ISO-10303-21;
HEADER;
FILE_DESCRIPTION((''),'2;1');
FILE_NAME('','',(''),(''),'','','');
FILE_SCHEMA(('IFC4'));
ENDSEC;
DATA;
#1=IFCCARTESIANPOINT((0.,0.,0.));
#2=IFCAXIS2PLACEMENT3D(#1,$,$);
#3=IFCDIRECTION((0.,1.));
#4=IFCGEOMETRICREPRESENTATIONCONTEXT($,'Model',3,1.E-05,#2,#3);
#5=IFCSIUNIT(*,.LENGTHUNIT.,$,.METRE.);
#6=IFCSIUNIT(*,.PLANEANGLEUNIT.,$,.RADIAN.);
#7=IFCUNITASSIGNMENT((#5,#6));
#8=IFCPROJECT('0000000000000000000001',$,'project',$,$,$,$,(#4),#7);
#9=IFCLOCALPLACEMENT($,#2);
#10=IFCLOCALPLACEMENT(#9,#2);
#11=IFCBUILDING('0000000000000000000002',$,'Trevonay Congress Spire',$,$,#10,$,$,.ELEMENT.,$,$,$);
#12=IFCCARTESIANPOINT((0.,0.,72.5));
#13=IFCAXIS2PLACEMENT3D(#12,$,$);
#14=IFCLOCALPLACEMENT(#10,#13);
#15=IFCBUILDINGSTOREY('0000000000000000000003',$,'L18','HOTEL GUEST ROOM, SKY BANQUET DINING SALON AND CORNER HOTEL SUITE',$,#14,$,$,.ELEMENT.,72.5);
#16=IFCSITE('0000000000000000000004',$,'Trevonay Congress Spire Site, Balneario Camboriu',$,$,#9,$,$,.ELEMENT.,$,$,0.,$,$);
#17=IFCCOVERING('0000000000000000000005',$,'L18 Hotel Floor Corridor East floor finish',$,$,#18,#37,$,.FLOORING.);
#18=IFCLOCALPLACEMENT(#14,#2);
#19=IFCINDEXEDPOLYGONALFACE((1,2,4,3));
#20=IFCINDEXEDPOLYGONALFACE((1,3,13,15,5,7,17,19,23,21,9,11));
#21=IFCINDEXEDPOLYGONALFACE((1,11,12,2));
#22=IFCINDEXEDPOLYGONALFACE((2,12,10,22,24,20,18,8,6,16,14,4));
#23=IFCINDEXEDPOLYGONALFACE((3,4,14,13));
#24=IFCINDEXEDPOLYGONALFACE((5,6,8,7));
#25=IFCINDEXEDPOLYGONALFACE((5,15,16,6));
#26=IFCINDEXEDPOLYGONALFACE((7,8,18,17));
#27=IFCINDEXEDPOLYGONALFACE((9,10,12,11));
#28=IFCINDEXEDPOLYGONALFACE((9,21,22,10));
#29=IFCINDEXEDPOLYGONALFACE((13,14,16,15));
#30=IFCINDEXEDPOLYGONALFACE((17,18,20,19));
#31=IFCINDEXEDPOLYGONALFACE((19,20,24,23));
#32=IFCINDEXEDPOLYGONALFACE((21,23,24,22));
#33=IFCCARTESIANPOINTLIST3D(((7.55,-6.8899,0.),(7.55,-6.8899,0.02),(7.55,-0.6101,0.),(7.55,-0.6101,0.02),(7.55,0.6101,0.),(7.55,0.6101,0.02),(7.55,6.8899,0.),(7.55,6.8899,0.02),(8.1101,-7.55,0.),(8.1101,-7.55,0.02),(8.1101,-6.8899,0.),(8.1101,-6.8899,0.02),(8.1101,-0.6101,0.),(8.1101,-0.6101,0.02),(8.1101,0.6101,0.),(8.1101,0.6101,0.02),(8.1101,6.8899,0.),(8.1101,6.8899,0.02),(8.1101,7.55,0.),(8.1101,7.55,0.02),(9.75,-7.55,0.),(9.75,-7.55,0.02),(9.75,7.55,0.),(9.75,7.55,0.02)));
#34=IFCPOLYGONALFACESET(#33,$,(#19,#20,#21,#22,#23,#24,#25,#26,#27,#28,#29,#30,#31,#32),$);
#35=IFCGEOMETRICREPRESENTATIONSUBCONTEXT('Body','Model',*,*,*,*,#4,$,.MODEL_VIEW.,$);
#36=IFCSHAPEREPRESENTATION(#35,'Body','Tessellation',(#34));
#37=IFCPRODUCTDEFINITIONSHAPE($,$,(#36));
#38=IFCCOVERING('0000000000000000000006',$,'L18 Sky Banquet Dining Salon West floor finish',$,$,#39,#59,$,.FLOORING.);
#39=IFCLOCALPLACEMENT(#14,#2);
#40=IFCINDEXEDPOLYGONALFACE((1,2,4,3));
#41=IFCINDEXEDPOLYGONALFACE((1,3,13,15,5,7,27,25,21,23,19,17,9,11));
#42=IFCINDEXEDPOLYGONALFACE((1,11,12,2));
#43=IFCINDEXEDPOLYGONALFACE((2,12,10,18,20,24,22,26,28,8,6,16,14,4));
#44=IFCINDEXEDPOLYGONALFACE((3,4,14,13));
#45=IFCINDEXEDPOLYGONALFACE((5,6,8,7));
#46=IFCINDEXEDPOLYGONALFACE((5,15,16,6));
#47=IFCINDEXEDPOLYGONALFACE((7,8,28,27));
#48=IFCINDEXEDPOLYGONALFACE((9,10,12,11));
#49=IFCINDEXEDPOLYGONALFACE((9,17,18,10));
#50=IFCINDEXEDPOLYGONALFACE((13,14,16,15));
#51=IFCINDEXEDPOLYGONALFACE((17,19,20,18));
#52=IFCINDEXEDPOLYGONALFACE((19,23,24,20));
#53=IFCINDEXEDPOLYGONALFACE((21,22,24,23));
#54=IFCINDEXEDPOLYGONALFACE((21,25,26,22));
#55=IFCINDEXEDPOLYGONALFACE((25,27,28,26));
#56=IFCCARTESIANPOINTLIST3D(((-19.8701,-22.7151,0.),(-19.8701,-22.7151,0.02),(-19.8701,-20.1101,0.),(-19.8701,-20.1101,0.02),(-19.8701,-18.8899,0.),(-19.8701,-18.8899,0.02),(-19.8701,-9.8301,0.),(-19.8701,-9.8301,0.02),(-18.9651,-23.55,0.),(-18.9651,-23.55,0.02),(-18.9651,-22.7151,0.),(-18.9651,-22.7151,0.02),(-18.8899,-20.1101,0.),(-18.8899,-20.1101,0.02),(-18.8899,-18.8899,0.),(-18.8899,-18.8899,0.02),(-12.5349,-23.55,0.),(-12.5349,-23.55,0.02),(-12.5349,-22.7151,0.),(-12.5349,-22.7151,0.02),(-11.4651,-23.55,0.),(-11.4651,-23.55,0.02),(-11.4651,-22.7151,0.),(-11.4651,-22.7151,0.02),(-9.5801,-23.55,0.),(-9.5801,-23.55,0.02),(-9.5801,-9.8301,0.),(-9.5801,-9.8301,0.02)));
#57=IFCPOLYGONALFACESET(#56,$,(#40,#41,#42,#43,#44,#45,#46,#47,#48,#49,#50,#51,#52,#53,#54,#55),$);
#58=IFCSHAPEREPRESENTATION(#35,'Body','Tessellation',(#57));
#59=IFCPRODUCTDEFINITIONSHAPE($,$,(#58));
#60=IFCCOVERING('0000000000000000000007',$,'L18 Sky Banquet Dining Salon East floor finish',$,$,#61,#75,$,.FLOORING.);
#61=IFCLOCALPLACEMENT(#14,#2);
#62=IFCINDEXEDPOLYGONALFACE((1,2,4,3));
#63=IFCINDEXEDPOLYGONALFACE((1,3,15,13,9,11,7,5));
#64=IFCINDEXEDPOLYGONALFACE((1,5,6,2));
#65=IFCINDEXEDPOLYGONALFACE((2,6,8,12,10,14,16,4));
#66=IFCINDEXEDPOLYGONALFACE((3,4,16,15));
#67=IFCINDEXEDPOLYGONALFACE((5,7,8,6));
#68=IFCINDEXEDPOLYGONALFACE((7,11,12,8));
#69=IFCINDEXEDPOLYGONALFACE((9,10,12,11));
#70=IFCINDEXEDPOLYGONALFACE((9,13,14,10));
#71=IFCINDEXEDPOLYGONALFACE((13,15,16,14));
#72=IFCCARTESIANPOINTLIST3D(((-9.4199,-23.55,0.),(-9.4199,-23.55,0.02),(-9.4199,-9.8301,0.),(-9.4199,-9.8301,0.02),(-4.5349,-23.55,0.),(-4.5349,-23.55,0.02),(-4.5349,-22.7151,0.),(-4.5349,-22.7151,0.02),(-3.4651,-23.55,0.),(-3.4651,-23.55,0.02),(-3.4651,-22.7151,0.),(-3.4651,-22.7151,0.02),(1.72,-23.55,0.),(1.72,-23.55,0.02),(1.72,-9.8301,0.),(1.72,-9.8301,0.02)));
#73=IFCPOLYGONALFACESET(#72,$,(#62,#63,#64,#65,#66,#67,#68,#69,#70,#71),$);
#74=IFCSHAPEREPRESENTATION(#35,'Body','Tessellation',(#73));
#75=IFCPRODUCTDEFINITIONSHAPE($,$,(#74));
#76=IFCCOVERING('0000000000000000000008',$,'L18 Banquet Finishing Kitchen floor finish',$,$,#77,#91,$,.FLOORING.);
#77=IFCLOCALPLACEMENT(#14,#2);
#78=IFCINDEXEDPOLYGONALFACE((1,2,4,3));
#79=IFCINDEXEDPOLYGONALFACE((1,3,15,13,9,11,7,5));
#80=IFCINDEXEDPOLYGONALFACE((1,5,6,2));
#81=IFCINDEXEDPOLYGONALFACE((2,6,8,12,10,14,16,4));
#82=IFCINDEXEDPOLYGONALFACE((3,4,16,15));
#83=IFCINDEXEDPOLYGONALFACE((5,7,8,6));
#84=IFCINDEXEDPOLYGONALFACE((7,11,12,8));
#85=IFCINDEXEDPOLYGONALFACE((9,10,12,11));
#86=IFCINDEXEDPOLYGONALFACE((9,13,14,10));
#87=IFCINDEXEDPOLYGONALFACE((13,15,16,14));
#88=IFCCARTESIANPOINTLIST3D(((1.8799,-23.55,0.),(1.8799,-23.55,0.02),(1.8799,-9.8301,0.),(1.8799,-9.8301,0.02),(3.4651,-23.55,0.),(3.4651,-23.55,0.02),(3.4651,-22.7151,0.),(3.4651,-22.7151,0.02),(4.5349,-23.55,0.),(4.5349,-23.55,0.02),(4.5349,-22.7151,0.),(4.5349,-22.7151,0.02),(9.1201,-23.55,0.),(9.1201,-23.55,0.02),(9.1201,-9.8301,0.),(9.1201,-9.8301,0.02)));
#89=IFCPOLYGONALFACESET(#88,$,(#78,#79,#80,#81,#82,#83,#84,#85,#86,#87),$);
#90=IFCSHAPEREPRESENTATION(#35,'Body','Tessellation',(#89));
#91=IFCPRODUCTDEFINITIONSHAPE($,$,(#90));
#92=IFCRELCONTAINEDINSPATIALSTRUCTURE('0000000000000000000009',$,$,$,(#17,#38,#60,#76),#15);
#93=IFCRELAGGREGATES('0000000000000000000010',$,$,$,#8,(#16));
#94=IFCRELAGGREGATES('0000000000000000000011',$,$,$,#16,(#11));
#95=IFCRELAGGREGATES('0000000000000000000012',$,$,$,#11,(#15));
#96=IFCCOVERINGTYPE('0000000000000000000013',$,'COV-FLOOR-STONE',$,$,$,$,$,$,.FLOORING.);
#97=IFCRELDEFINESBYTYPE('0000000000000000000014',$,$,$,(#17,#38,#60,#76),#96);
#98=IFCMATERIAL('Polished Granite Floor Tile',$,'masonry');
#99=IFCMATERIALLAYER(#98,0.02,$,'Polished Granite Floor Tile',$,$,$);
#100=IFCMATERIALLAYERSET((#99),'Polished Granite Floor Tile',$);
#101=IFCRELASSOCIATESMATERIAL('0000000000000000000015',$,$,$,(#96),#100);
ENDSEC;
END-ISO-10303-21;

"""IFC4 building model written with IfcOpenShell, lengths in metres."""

from ifc_helpers import new_model, si_unit, direction, frame, origin, place, context, subcontext, project, spatial, polyline, outline, extrude, material, layer, layer_set, type_object, element, save


model = new_model("IFC4")

# Units and contexts
model_context = context("Model", 3, precision=1e-05, world=origin(), true_north=direction((0.0, 1.0)))
body_context = subcontext(model_context, "Body", "Model", "MODEL_VIEW")
ifc_project = project(units=[si_unit("LENGTHUNIT", "METRE"), si_unit("PLANEANGLEUNIT", "RADIAN")], contexts=[model_context])

# Site, building, storey
site_placement = place(None, origin())
site = spatial("IfcSite", under=ifc_project, at=site_placement, Name="Trevonay Congress Spire Site, Balneario Camboriu", CompositionType="ELEMENT", RefElevation=0.0)
building_placement = place(site_placement, origin())
building = spatial("IfcBuilding", under=site, at=building_placement, Name="Trevonay Congress Spire", CompositionType="ELEMENT")
storey_placement = place(building_placement, frame((0.0, 0.0, 72.5)))
storey = spatial("IfcBuildingStorey", under=building, at=storey_placement, Name="L18", Description="HOTEL GUEST ROOM, SKY BANQUET DINING SALON AND CORNER HOTEL SUITE", CompositionType="ELEMENT", Elevation=72.5)

# Coverings
ifc_material_1 = material(Name="Polished Granite Floor Tile", Category="masonry")
ifc_layer_1 = layer(ifc_material_1, 0.02, Name="Polished Granite Floor Tile")
ifc_layer_set_1 = layer_set([ifc_layer_1], Name="Polished Granite Floor Tile")
covering_type_1 = type_object("IfcCoveringType", Name="COV-FLOOR-STONE", PredefinedType="FLOORING", material=ifc_layer_set_1)
covering_1_placement = place(storey_placement, origin())
element("IfcCovering", 1, at=covering_1_placement, inside=storey, type_object=covering_type_1, Name="L18 Hotel Floor Corridor East floor finish", PredefinedType="FLOORING", context=body_context, shape_type="SweptSolid", body=[
    extrude(outline(polyline([(9.75, -7.55), (8.1101, -7.55), (8.1101, -6.8899), (7.55, -6.8899), (7.55, -0.6101), (8.1101, -0.6101), (8.1101, 0.6101), (7.55, 0.6101), (7.55, 6.8899), (8.1101, 6.8899), (8.1101, 7.55), (9.75, 7.55), (9.75, -7.55)])), origin(), (0.0, 0.0, 1.0), 0.02),
])
covering_2_placement = place(storey_placement, origin())
element("IfcCovering", 2, at=covering_2_placement, inside=storey, type_object=covering_type_1, Name="L18 Sky Banquet Dining Salon West floor finish", PredefinedType="FLOORING", context=body_context, shape_type="SweptSolid", body=[
    extrude(outline(polyline([(-18.9651, -23.55), (-18.9651, -22.7151), (-19.8701, -22.7151), (-19.8701, -20.1101), (-18.8899, -20.1101), (-18.8899, -18.8899), (-19.8701, -18.8899), (-19.8701, -9.8301), (-9.5801, -9.8301), (-9.5801, -23.55), (-11.4651, -23.55), (-11.4651, -22.7151), (-12.5349, -22.7151), (-12.5349, -23.55), (-18.9651, -23.55)])), origin(), (0.0, 0.0, 1.0), 0.02),
])
covering_3_placement = place(storey_placement, origin())
element("IfcCovering", 3, at=covering_3_placement, inside=storey, type_object=covering_type_1, Name="L18 Sky Banquet Dining Salon East floor finish", PredefinedType="FLOORING", context=body_context, shape_type="SweptSolid", body=[
    extrude(outline(polyline([(-9.4199, -23.55), (-9.4199, -9.8301), (1.72, -9.8301), (1.72, -23.55), (-3.4651, -23.55), (-3.4651, -22.7151), (-4.5349, -22.7151), (-4.5349, -23.55), (-9.4199, -23.55)])), origin(), (0.0, 0.0, 1.0), 0.02),
])
covering_4_placement = place(storey_placement, origin())
element("IfcCovering", 4, at=covering_4_placement, inside=storey, type_object=covering_type_1, Name="L18 Banquet Finishing Kitchen floor finish", PredefinedType="FLOORING", context=body_context, shape_type="SweptSolid", body=[
    extrude(outline(polyline([(1.8799, -23.55), (1.8799, -9.8301), (9.1201, -9.8301), (9.1201, -23.55), (4.5349, -23.55), (4.5349, -22.7151), (3.4651, -22.7151), (3.4651, -23.55), (1.8799, -23.55)])), origin(), (0.0, 0.0, 1.0), 0.02),
])

save(model, "model.ifc")
